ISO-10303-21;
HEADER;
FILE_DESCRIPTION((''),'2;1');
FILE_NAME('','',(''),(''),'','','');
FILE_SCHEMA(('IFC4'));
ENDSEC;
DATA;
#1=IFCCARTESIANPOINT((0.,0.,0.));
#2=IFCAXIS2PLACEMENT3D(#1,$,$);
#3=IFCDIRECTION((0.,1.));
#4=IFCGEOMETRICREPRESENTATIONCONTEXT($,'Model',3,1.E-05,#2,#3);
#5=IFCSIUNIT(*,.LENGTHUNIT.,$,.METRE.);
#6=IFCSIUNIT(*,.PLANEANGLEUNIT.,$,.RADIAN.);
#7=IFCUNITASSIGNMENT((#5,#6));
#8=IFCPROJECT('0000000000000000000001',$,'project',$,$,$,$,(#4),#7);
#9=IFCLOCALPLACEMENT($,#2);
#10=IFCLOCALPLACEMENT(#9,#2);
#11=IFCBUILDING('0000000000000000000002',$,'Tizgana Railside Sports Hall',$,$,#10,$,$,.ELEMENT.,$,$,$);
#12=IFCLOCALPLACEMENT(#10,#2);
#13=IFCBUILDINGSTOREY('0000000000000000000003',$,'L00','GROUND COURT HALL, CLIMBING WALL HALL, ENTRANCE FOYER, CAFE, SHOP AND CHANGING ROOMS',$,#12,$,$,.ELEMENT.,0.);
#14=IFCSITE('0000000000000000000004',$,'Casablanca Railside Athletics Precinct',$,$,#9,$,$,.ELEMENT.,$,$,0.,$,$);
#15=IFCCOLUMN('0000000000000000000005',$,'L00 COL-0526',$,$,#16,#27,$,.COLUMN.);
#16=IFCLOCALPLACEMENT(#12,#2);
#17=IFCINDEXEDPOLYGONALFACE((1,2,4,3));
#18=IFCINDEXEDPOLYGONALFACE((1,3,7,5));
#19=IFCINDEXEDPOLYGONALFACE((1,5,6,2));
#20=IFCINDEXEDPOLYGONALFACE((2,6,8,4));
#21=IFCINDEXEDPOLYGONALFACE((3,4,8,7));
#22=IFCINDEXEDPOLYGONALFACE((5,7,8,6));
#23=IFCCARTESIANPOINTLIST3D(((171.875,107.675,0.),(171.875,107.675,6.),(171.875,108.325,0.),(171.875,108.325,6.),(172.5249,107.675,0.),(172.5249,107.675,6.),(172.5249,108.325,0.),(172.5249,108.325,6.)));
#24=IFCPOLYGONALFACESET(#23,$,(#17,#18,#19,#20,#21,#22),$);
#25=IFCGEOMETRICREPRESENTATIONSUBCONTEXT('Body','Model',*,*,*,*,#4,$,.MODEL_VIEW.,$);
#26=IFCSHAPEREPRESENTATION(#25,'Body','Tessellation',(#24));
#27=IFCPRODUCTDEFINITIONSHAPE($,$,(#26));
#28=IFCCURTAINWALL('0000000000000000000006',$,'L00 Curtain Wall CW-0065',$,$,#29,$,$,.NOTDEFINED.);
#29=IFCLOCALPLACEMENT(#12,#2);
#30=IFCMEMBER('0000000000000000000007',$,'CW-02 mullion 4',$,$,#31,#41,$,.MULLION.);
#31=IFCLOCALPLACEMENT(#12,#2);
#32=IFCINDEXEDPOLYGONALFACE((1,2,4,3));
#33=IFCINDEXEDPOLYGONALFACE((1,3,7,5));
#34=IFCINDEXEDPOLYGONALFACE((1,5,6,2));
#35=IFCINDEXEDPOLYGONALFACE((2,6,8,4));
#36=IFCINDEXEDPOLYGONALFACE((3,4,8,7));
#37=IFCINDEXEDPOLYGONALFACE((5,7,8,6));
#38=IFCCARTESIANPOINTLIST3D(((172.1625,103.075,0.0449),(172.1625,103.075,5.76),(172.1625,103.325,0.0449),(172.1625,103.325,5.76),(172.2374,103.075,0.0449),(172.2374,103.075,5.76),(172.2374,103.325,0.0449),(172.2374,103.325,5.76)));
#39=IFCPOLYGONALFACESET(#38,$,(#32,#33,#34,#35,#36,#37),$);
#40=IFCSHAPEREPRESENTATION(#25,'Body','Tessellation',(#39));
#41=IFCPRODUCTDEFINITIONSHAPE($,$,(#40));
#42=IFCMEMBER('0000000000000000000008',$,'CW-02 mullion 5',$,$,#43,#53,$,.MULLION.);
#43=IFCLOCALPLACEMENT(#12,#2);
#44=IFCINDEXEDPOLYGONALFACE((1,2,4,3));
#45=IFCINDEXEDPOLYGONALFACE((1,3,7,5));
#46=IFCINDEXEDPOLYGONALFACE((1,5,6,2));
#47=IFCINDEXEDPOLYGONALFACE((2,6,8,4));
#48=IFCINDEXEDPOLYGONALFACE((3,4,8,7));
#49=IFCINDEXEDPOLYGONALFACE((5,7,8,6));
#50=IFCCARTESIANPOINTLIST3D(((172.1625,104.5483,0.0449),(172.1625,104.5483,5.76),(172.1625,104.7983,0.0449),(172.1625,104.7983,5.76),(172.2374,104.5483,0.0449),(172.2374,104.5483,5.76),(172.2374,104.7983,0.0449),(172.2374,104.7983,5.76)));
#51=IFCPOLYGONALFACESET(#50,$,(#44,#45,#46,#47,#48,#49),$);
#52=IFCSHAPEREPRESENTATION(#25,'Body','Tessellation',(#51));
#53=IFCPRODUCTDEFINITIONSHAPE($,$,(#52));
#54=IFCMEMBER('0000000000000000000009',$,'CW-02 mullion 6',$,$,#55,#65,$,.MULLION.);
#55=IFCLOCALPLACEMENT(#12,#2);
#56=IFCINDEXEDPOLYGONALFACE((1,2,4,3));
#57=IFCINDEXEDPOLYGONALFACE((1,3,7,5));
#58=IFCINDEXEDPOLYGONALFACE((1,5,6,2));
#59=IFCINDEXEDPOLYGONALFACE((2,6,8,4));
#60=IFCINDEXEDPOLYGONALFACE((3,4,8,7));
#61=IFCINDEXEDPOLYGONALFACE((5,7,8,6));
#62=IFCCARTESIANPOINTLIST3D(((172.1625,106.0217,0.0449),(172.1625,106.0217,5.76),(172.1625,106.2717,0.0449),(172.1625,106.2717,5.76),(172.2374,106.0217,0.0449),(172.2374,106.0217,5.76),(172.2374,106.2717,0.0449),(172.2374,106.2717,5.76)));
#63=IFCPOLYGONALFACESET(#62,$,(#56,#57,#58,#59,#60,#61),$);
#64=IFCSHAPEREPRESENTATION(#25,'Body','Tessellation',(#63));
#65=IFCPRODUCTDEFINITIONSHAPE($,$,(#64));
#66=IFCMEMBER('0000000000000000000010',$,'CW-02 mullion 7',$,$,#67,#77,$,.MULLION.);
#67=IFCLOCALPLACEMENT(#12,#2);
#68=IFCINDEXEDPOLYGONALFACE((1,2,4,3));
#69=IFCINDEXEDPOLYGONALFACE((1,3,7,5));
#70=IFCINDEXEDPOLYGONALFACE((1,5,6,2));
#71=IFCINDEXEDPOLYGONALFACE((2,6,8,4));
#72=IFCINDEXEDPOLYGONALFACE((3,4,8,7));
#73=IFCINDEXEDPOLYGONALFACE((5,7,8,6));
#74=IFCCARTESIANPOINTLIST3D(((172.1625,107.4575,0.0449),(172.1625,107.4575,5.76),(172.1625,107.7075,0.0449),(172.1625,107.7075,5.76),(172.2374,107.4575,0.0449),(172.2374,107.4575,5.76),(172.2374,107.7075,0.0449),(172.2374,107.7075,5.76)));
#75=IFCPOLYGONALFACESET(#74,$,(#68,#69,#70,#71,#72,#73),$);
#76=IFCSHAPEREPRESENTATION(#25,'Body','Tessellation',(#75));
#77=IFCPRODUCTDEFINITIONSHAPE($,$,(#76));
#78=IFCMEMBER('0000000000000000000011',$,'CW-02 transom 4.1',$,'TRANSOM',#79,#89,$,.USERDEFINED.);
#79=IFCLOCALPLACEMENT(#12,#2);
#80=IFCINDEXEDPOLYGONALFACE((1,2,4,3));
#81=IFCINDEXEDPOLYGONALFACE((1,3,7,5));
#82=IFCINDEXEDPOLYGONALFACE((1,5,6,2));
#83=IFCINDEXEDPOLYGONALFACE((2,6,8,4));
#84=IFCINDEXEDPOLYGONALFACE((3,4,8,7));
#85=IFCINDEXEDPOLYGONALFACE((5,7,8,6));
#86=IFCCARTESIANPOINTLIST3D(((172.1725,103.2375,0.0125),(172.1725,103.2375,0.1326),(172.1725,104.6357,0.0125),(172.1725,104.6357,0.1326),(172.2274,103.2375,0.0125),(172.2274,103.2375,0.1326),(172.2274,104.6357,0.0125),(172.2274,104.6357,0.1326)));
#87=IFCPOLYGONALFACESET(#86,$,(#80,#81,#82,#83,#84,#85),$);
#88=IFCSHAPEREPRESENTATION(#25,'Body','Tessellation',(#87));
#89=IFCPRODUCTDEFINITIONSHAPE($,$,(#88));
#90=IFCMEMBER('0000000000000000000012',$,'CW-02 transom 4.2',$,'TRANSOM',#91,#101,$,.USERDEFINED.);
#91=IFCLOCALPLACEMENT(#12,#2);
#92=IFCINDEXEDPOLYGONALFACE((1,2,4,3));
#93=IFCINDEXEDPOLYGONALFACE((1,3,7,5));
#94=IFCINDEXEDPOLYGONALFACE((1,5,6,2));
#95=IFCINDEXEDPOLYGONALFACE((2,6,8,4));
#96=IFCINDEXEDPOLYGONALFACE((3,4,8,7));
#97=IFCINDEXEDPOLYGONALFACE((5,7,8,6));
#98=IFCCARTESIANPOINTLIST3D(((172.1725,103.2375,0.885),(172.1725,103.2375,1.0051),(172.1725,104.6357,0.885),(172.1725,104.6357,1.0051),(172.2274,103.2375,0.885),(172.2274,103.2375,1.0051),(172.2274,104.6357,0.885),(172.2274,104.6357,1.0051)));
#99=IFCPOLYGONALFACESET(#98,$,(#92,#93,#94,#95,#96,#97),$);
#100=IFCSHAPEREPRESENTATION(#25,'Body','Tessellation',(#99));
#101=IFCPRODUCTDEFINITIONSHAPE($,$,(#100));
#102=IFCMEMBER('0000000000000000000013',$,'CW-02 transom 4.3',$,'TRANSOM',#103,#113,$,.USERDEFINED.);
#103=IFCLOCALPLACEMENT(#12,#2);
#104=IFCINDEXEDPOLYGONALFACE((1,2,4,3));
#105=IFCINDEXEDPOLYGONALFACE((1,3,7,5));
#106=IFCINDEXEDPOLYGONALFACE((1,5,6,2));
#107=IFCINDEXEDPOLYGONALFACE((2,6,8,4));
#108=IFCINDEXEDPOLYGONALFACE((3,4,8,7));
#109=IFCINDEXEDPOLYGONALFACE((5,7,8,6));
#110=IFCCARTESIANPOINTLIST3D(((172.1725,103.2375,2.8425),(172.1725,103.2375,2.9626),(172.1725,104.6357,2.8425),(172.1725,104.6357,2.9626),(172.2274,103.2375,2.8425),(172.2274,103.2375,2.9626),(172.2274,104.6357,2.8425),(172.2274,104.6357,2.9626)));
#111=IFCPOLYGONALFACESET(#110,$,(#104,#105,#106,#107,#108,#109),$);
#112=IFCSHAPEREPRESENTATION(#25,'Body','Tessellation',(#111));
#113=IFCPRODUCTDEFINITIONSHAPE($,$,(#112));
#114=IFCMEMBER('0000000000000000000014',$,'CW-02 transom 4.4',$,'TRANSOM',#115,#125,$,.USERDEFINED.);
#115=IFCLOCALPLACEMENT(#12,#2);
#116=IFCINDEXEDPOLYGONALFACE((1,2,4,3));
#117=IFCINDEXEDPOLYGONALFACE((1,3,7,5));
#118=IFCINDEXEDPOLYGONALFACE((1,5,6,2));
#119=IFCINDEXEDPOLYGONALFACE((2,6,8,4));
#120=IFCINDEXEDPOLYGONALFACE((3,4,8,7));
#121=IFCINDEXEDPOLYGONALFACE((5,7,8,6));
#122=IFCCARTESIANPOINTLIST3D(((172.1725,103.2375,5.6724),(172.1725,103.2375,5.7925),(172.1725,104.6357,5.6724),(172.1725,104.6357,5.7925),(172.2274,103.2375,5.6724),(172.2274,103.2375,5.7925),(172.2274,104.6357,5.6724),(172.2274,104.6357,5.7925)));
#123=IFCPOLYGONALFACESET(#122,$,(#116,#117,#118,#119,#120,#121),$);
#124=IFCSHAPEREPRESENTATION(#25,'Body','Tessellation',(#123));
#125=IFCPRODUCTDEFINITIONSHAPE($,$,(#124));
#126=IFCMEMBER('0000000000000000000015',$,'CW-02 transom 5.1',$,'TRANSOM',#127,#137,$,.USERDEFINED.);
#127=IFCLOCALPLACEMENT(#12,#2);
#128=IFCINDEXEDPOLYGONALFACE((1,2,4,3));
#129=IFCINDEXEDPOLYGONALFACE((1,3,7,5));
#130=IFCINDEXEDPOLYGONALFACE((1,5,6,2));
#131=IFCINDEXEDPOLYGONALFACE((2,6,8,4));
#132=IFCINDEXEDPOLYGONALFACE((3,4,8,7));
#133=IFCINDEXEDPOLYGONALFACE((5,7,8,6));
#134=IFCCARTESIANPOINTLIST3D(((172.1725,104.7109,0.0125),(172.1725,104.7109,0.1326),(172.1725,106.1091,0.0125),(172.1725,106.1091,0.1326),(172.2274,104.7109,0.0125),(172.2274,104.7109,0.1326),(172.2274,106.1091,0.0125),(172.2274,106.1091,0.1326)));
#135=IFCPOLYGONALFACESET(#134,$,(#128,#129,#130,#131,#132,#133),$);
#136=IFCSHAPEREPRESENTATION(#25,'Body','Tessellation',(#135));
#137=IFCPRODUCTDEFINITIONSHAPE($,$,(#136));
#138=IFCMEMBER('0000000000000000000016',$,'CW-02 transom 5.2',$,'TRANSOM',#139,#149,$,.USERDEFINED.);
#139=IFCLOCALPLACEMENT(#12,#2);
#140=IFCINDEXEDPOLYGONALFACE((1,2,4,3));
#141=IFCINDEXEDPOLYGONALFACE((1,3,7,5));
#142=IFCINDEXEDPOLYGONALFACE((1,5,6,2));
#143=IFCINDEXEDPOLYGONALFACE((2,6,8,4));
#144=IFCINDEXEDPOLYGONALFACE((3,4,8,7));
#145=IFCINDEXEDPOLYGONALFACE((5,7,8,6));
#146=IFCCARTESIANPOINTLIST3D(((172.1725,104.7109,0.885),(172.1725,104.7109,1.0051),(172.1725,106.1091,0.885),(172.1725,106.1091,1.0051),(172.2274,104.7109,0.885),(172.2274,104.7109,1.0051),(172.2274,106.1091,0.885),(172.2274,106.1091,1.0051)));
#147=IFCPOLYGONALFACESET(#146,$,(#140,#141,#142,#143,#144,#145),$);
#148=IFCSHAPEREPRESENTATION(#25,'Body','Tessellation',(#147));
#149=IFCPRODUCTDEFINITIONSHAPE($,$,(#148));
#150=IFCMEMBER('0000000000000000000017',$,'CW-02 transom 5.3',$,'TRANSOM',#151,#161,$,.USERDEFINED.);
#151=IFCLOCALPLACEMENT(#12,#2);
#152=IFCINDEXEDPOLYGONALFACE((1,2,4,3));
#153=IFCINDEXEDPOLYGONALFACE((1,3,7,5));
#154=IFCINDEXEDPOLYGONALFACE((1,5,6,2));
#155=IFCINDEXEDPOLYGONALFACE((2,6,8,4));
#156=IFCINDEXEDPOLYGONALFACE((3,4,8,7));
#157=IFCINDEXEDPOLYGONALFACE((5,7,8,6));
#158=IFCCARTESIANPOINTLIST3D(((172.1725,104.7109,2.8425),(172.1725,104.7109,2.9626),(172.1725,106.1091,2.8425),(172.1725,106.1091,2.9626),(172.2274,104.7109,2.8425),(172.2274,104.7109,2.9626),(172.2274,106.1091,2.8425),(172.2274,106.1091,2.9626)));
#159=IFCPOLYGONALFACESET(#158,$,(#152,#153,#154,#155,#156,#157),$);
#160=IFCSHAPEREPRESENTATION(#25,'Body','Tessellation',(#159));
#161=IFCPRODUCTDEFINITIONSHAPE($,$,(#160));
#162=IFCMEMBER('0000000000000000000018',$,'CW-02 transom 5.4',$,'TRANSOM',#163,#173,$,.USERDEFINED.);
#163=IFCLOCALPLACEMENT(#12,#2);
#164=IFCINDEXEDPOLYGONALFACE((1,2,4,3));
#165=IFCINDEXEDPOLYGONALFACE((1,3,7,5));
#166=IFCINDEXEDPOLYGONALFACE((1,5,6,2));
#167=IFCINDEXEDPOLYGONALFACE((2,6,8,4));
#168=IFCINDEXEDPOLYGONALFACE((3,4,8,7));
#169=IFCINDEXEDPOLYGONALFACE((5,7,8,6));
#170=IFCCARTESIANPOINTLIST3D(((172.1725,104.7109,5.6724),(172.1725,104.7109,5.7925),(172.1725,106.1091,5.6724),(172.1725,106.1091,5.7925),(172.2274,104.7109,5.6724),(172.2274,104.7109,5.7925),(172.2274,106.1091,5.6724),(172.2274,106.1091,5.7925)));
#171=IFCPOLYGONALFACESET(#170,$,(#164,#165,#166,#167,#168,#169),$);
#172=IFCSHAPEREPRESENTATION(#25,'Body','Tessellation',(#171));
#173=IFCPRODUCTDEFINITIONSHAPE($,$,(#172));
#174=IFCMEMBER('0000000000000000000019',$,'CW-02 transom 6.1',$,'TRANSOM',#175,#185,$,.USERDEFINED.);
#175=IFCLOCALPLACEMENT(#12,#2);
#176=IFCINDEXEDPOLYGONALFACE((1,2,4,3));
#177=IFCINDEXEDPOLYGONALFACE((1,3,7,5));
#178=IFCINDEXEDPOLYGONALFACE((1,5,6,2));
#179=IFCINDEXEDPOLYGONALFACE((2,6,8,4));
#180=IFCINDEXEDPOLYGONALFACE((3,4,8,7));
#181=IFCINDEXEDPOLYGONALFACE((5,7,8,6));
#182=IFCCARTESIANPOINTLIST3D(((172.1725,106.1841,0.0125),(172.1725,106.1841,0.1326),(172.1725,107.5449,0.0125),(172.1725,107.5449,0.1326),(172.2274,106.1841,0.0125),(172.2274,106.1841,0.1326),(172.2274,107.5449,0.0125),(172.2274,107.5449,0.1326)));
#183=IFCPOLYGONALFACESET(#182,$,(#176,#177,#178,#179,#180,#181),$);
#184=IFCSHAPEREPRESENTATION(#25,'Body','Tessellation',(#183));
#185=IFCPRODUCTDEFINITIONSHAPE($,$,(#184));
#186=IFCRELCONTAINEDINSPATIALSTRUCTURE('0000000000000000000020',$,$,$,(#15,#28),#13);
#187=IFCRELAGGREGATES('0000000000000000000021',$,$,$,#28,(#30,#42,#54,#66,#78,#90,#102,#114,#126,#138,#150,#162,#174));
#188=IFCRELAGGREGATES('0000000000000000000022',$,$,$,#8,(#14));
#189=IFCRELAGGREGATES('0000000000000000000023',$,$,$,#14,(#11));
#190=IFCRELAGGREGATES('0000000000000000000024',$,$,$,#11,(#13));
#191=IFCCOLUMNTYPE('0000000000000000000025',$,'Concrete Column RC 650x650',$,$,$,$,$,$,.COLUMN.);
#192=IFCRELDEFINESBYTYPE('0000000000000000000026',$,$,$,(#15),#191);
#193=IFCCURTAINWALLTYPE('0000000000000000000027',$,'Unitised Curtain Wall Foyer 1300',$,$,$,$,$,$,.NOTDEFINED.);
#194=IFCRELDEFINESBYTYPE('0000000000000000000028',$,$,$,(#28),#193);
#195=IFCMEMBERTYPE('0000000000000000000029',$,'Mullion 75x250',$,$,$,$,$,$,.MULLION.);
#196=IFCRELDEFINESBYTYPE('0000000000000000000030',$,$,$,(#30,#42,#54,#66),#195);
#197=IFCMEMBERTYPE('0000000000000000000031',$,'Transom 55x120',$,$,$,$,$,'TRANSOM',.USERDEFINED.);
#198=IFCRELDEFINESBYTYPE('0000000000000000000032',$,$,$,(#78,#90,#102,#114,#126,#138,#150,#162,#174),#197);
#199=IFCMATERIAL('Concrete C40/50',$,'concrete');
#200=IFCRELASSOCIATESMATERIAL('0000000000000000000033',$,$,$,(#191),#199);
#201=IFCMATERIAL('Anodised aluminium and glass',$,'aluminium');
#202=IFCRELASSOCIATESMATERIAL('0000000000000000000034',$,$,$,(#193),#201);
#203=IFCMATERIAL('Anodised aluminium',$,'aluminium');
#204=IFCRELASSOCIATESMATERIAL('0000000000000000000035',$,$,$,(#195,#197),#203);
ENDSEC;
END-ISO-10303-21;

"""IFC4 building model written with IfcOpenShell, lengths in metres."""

from ifc_helpers import new_model, si_unit, direction, frame, origin, origin_2d, place, context, subcontext, project, spatial, rectangle, extrude, material, material_profile, profile_set, type_object, element, aggregate, save


model = new_model("IFC4")

# Units and contexts
model_context = context("Model", 3, precision=1e-05, world=origin(), true_north=direction((0.0, 1.0)))
body_context = subcontext(model_context, "Body", "Model", "MODEL_VIEW")
ifc_project = project(units=[si_unit("LENGTHUNIT", "METRE"), si_unit("PLANEANGLEUNIT", "RADIAN")], contexts=[model_context])

# Site, building, storey
site_placement = place(None, origin())
site = spatial("IfcSite", under=ifc_project, at=site_placement, Name="Casablanca Railside Athletics Precinct", CompositionType="ELEMENT", RefElevation=0.0)
building_placement = place(site_placement, origin())
building = spatial("IfcBuilding", under=site, at=building_placement, Name="Tizgana Railside Sports Hall", CompositionType="ELEMENT")
storey_placement = place(building_placement, origin())
storey = spatial("IfcBuildingStorey", under=building, at=storey_placement, Name="L00", Description="GROUND COURT HALL, CLIMBING WALL HALL, ENTRANCE FOYER, CAFE, SHOP AND CHANGING ROOMS", CompositionType="ELEMENT", Elevation=0.0)

# Column
ifc_material_1 = material(Name="Concrete C40/50", Category="concrete")
ifc_material_profile_1 = material_profile(ifc_material_1, rectangle(XDim=0.6499, YDim=0.6499, at=origin_2d()), Name="RC 650x650")
ifc_profile_set_1 = profile_set([ifc_material_profile_1], Name="Concrete C40/50")
column_type = type_object("IfcColumnType", Name="Concrete Column RC 650x650", PredefinedType="COLUMN", material=ifc_profile_set_1)
column_placement = place(storey_placement, frame((172.2, 108.0, 0.0), z_axis=(0.0, 0.0, 1.0), x_axis=(1.0, 0.0, 0.0)))
element("IfcColumn", 1, at=column_placement, inside=storey, type_object=column_type, Name="L00 COL-0526", PredefinedType="COLUMN", context=body_context, shape_type="SweptSolid", body=[
    extrude(rectangle(XDim=0.6499, YDim=0.6499, at=origin_2d()), origin(), (0.0, 0.0, 1.0), 6.0),
])

# Curtain wall, members
ifc_material_2 = material(Name="Anodised aluminium and glass", Category="aluminium")
curtain_wall_type = type_object("IfcCurtainWallType", Name="Unitised Curtain Wall Foyer 1300", PredefinedType="NOTDEFINED", material=ifc_material_2)
curtain_wall_placement = place(storey_placement, origin())
curtain_wall = element("IfcCurtainWall", 2, at=curtain_wall_placement, inside=storey, type_object=curtain_wall_type, Name="L00 Curtain Wall CW-0065", PredefinedType="NOTDEFINED")
ifc_material_3 = material(Name="Anodised aluminium", Category="aluminium")
ifc_material_profile_2 = material_profile(ifc_material_3, rectangle(XDim=0.075, YDim=0.25, at=origin_2d()), Name="Mullion 75x250")
ifc_profile_set_2 = profile_set([ifc_material_profile_2], Name="Anodised aluminium")
member_type_1 = type_object("IfcMemberType", Name="Mullion 75x250", PredefinedType="MULLION", material=ifc_profile_set_2)
member_1_placement = place(storey_placement, frame((172.2, 103.2, 0.0449), z_axis=(0.0, 0.0, 1.0), x_axis=(-1.0, 0.0, 0.0)))
member_1 = element("IfcMember", 3, at=member_1_placement, type_object=member_type_1, Name="CW-02 mullion 4", PredefinedType="MULLION", context=body_context, shape_type="SweptSolid", body=[
    extrude(rectangle(XDim=0.075, YDim=0.25, at=origin_2d()), origin(), (0.0, 0.0, 1.0), 5.7151),
])
member_2_placement = place(storey_placement, frame((172.2, 104.6733, 0.0449), z_axis=(0.0, 0.0, 1.0), x_axis=(-1.0, 0.0, 0.0)))
member_2 = element("IfcMember", 4, at=member_2_placement, type_object=member_type_1, Name="CW-02 mullion 5", PredefinedType="MULLION", context=body_context, shape_type="SweptSolid", body=[
    extrude(rectangle(XDim=0.075, YDim=0.25, at=origin_2d()), origin(), (0.0, 0.0, 1.0), 5.7151),
])
member_3_placement = place(storey_placement, frame((172.2, 106.1467, 0.0449), z_axis=(0.0, 0.0, 1.0), x_axis=(-1.0, 0.0, 0.0)))
member_3 = element("IfcMember", 5, at=member_3_placement, type_object=member_type_1, Name="CW-02 mullion 6", PredefinedType="MULLION", context=body_context, shape_type="SweptSolid", body=[
    extrude(rectangle(XDim=0.075, YDim=0.25, at=origin_2d()), origin(), (0.0, 0.0, 1.0), 5.7151),
])
member_4_placement = place(storey_placement, frame((172.2, 107.5825, 0.0449), z_axis=(0.0, 0.0, 1.0), x_axis=(-1.0, 0.0, 0.0)))
member_4 = element("IfcMember", 6, at=member_4_placement, type_object=member_type_1, Name="CW-02 mullion 7", PredefinedType="MULLION", context=body_context, shape_type="SweptSolid", body=[
    extrude(rectangle(XDim=0.075, YDim=0.25, at=origin_2d()), origin(), (0.0, 0.0, 1.0), 5.7151),
])
ifc_material_profile_3 = material_profile(ifc_material_3, rectangle(XDim=0.0549, YDim=0.1201, at=origin_2d()), Name="Transom 55x120")
ifc_profile_set_3 = profile_set([ifc_material_profile_3], Name="Anodised aluminium")
member_type_2 = type_object("IfcMemberType", Name="Transom 55x120", ElementType="TRANSOM", PredefinedType="USERDEFINED", material=ifc_profile_set_3)
member_5_placement = place(storey_placement, frame((172.2, 103.2375, 0.0725), z_axis=(0.0, 1.0, 0.0), x_axis=(-1.0, 0.0, 0.0)))
member_5 = element("IfcMember", 7, at=member_5_placement, type_object=member_type_2, Name="CW-02 transom 4.1", ObjectType="TRANSOM", PredefinedType="USERDEFINED", context=body_context, shape_type="SweptSolid", body=[
    extrude(rectangle(XDim=0.0549, YDim=0.1201, at=origin_2d()), origin(), (0.0, 0.0, 1.0), 1.3982),
])
member_6_placement = place(storey_placement, frame((172.2, 103.2375, 0.9451), z_axis=(0.0, 1.0, 0.0), x_axis=(-1.0, 0.0, 0.0)))
member_6 = element("IfcMember", 8, at=member_6_placement, type_object=member_type_2, Name="CW-02 transom 4.2", ObjectType="TRANSOM", PredefinedType="USERDEFINED", context=body_context, shape_type="SweptSolid", body=[
    extrude(rectangle(XDim=0.0549, YDim=0.1201, at=origin_2d()), origin(), (0.0, 0.0, 1.0), 1.3982),
])
member_7_placement = place(storey_placement, frame((172.2, 103.2375, 2.9026), z_axis=(0.0, 1.0, 0.0), x_axis=(-1.0, 0.0, 0.0)))
member_7 = element("IfcMember", 9, at=member_7_placement, type_object=member_type_2, Name="CW-02 transom 4.3", ObjectType="TRANSOM", PredefinedType="USERDEFINED", context=body_context, shape_type="SweptSolid", body=[
    extrude(rectangle(XDim=0.0549, YDim=0.1201, at=origin_2d()), origin(), (0.0, 0.0, 1.0), 1.3982),
])
member_8_placement = place(storey_placement, frame((172.2, 103.2375, 5.7324), z_axis=(0.0, 1.0, 0.0), x_axis=(-1.0, 0.0, 0.0)))
member_8 = element("IfcMember", 10, at=member_8_placement, type_object=member_type_2, Name="CW-02 transom 4.4", ObjectType="TRANSOM", PredefinedType="USERDEFINED", context=body_context, shape_type="SweptSolid", body=[
    extrude(rectangle(XDim=0.0549, YDim=0.1201, at=origin_2d()), origin(), (0.0, 0.0, 1.0), 1.3982),
])
member_9_placement = place(storey_placement, frame((172.2, 104.7109, 0.0725), z_axis=(0.0, 1.0, 0.0), x_axis=(-1.0, 0.0, 0.0)))
member_9 = element("IfcMember", 11, at=member_9_placement, type_object=member_type_2, Name="CW-02 transom 5.1", ObjectType="TRANSOM", PredefinedType="USERDEFINED", context=body_context, shape_type="SweptSolid", body=[
    extrude(rectangle(XDim=0.0549, YDim=0.1201, at=origin_2d()), origin(), (0.0, 0.0, 1.0), 1.3982),
])
member_10_placement = place(storey_placement, frame((172.2, 104.7109, 0.9451), z_axis=(0.0, 1.0, 0.0), x_axis=(-1.0, 0.0, 0.0)))
member_10 = element("IfcMember", 12, at=member_10_placement, type_object=member_type_2, Name="CW-02 transom 5.2", ObjectType="TRANSOM", PredefinedType="USERDEFINED", context=body_context, shape_type="SweptSolid", body=[
    extrude(rectangle(XDim=0.0549, YDim=0.1201, at=origin_2d()), origin(), (0.0, 0.0, 1.0), 1.3982),
])
member_11_placement = place(storey_placement, frame((172.2, 104.7109, 2.9026), z_axis=(0.0, 1.0, 0.0), x_axis=(-1.0, 0.0, 0.0)))
member_11 = element("IfcMember", 13, at=member_11_placement, type_object=member_type_2, Name="CW-02 transom 5.3", ObjectType="TRANSOM", PredefinedType="USERDEFINED", context=body_context, shape_type="SweptSolid", body=[
    extrude(rectangle(XDim=0.0549, YDim=0.1201, at=origin_2d()), origin(), (0.0, 0.0, 1.0), 1.3982),
])
member_12_placement = place(storey_placement, frame((172.2, 104.7109, 5.7324), z_axis=(0.0, 1.0, 0.0), x_axis=(-1.0, 0.0, 0.0)))
member_12 = element("IfcMember", 14, at=member_12_placement, type_object=member_type_2, Name="CW-02 transom 5.4", ObjectType="TRANSOM", PredefinedType="USERDEFINED", context=body_context, shape_type="SweptSolid", body=[
    extrude(rectangle(XDim=0.0549, YDim=0.1201, at=origin_2d()), origin(), (0.0, 0.0, 1.0), 1.3982),
])
member_13_placement = place(storey_placement, frame((172.2, 106.1841, 0.0725), z_axis=(0.0, 1.0, 0.0), x_axis=(-1.0, 0.0, 0.0)))
member_13 = element("IfcMember", 15, at=member_13_placement, type_object=member_type_2, Name="CW-02 transom 6.1", ObjectType="TRANSOM", PredefinedType="USERDEFINED", context=body_context, shape_type="SweptSolid", body=[
    extrude(rectangle(XDim=0.0549, YDim=0.1201, at=origin_2d()), origin(), (0.0, 0.0, 1.0), 1.3608),
])
aggregate(curtain_wall, [member_1, member_2, member_3, member_4, member_5, member_6, member_7, member_8, member_9, member_10, member_11, member_12, member_13])

save(model, "model.ifc")
